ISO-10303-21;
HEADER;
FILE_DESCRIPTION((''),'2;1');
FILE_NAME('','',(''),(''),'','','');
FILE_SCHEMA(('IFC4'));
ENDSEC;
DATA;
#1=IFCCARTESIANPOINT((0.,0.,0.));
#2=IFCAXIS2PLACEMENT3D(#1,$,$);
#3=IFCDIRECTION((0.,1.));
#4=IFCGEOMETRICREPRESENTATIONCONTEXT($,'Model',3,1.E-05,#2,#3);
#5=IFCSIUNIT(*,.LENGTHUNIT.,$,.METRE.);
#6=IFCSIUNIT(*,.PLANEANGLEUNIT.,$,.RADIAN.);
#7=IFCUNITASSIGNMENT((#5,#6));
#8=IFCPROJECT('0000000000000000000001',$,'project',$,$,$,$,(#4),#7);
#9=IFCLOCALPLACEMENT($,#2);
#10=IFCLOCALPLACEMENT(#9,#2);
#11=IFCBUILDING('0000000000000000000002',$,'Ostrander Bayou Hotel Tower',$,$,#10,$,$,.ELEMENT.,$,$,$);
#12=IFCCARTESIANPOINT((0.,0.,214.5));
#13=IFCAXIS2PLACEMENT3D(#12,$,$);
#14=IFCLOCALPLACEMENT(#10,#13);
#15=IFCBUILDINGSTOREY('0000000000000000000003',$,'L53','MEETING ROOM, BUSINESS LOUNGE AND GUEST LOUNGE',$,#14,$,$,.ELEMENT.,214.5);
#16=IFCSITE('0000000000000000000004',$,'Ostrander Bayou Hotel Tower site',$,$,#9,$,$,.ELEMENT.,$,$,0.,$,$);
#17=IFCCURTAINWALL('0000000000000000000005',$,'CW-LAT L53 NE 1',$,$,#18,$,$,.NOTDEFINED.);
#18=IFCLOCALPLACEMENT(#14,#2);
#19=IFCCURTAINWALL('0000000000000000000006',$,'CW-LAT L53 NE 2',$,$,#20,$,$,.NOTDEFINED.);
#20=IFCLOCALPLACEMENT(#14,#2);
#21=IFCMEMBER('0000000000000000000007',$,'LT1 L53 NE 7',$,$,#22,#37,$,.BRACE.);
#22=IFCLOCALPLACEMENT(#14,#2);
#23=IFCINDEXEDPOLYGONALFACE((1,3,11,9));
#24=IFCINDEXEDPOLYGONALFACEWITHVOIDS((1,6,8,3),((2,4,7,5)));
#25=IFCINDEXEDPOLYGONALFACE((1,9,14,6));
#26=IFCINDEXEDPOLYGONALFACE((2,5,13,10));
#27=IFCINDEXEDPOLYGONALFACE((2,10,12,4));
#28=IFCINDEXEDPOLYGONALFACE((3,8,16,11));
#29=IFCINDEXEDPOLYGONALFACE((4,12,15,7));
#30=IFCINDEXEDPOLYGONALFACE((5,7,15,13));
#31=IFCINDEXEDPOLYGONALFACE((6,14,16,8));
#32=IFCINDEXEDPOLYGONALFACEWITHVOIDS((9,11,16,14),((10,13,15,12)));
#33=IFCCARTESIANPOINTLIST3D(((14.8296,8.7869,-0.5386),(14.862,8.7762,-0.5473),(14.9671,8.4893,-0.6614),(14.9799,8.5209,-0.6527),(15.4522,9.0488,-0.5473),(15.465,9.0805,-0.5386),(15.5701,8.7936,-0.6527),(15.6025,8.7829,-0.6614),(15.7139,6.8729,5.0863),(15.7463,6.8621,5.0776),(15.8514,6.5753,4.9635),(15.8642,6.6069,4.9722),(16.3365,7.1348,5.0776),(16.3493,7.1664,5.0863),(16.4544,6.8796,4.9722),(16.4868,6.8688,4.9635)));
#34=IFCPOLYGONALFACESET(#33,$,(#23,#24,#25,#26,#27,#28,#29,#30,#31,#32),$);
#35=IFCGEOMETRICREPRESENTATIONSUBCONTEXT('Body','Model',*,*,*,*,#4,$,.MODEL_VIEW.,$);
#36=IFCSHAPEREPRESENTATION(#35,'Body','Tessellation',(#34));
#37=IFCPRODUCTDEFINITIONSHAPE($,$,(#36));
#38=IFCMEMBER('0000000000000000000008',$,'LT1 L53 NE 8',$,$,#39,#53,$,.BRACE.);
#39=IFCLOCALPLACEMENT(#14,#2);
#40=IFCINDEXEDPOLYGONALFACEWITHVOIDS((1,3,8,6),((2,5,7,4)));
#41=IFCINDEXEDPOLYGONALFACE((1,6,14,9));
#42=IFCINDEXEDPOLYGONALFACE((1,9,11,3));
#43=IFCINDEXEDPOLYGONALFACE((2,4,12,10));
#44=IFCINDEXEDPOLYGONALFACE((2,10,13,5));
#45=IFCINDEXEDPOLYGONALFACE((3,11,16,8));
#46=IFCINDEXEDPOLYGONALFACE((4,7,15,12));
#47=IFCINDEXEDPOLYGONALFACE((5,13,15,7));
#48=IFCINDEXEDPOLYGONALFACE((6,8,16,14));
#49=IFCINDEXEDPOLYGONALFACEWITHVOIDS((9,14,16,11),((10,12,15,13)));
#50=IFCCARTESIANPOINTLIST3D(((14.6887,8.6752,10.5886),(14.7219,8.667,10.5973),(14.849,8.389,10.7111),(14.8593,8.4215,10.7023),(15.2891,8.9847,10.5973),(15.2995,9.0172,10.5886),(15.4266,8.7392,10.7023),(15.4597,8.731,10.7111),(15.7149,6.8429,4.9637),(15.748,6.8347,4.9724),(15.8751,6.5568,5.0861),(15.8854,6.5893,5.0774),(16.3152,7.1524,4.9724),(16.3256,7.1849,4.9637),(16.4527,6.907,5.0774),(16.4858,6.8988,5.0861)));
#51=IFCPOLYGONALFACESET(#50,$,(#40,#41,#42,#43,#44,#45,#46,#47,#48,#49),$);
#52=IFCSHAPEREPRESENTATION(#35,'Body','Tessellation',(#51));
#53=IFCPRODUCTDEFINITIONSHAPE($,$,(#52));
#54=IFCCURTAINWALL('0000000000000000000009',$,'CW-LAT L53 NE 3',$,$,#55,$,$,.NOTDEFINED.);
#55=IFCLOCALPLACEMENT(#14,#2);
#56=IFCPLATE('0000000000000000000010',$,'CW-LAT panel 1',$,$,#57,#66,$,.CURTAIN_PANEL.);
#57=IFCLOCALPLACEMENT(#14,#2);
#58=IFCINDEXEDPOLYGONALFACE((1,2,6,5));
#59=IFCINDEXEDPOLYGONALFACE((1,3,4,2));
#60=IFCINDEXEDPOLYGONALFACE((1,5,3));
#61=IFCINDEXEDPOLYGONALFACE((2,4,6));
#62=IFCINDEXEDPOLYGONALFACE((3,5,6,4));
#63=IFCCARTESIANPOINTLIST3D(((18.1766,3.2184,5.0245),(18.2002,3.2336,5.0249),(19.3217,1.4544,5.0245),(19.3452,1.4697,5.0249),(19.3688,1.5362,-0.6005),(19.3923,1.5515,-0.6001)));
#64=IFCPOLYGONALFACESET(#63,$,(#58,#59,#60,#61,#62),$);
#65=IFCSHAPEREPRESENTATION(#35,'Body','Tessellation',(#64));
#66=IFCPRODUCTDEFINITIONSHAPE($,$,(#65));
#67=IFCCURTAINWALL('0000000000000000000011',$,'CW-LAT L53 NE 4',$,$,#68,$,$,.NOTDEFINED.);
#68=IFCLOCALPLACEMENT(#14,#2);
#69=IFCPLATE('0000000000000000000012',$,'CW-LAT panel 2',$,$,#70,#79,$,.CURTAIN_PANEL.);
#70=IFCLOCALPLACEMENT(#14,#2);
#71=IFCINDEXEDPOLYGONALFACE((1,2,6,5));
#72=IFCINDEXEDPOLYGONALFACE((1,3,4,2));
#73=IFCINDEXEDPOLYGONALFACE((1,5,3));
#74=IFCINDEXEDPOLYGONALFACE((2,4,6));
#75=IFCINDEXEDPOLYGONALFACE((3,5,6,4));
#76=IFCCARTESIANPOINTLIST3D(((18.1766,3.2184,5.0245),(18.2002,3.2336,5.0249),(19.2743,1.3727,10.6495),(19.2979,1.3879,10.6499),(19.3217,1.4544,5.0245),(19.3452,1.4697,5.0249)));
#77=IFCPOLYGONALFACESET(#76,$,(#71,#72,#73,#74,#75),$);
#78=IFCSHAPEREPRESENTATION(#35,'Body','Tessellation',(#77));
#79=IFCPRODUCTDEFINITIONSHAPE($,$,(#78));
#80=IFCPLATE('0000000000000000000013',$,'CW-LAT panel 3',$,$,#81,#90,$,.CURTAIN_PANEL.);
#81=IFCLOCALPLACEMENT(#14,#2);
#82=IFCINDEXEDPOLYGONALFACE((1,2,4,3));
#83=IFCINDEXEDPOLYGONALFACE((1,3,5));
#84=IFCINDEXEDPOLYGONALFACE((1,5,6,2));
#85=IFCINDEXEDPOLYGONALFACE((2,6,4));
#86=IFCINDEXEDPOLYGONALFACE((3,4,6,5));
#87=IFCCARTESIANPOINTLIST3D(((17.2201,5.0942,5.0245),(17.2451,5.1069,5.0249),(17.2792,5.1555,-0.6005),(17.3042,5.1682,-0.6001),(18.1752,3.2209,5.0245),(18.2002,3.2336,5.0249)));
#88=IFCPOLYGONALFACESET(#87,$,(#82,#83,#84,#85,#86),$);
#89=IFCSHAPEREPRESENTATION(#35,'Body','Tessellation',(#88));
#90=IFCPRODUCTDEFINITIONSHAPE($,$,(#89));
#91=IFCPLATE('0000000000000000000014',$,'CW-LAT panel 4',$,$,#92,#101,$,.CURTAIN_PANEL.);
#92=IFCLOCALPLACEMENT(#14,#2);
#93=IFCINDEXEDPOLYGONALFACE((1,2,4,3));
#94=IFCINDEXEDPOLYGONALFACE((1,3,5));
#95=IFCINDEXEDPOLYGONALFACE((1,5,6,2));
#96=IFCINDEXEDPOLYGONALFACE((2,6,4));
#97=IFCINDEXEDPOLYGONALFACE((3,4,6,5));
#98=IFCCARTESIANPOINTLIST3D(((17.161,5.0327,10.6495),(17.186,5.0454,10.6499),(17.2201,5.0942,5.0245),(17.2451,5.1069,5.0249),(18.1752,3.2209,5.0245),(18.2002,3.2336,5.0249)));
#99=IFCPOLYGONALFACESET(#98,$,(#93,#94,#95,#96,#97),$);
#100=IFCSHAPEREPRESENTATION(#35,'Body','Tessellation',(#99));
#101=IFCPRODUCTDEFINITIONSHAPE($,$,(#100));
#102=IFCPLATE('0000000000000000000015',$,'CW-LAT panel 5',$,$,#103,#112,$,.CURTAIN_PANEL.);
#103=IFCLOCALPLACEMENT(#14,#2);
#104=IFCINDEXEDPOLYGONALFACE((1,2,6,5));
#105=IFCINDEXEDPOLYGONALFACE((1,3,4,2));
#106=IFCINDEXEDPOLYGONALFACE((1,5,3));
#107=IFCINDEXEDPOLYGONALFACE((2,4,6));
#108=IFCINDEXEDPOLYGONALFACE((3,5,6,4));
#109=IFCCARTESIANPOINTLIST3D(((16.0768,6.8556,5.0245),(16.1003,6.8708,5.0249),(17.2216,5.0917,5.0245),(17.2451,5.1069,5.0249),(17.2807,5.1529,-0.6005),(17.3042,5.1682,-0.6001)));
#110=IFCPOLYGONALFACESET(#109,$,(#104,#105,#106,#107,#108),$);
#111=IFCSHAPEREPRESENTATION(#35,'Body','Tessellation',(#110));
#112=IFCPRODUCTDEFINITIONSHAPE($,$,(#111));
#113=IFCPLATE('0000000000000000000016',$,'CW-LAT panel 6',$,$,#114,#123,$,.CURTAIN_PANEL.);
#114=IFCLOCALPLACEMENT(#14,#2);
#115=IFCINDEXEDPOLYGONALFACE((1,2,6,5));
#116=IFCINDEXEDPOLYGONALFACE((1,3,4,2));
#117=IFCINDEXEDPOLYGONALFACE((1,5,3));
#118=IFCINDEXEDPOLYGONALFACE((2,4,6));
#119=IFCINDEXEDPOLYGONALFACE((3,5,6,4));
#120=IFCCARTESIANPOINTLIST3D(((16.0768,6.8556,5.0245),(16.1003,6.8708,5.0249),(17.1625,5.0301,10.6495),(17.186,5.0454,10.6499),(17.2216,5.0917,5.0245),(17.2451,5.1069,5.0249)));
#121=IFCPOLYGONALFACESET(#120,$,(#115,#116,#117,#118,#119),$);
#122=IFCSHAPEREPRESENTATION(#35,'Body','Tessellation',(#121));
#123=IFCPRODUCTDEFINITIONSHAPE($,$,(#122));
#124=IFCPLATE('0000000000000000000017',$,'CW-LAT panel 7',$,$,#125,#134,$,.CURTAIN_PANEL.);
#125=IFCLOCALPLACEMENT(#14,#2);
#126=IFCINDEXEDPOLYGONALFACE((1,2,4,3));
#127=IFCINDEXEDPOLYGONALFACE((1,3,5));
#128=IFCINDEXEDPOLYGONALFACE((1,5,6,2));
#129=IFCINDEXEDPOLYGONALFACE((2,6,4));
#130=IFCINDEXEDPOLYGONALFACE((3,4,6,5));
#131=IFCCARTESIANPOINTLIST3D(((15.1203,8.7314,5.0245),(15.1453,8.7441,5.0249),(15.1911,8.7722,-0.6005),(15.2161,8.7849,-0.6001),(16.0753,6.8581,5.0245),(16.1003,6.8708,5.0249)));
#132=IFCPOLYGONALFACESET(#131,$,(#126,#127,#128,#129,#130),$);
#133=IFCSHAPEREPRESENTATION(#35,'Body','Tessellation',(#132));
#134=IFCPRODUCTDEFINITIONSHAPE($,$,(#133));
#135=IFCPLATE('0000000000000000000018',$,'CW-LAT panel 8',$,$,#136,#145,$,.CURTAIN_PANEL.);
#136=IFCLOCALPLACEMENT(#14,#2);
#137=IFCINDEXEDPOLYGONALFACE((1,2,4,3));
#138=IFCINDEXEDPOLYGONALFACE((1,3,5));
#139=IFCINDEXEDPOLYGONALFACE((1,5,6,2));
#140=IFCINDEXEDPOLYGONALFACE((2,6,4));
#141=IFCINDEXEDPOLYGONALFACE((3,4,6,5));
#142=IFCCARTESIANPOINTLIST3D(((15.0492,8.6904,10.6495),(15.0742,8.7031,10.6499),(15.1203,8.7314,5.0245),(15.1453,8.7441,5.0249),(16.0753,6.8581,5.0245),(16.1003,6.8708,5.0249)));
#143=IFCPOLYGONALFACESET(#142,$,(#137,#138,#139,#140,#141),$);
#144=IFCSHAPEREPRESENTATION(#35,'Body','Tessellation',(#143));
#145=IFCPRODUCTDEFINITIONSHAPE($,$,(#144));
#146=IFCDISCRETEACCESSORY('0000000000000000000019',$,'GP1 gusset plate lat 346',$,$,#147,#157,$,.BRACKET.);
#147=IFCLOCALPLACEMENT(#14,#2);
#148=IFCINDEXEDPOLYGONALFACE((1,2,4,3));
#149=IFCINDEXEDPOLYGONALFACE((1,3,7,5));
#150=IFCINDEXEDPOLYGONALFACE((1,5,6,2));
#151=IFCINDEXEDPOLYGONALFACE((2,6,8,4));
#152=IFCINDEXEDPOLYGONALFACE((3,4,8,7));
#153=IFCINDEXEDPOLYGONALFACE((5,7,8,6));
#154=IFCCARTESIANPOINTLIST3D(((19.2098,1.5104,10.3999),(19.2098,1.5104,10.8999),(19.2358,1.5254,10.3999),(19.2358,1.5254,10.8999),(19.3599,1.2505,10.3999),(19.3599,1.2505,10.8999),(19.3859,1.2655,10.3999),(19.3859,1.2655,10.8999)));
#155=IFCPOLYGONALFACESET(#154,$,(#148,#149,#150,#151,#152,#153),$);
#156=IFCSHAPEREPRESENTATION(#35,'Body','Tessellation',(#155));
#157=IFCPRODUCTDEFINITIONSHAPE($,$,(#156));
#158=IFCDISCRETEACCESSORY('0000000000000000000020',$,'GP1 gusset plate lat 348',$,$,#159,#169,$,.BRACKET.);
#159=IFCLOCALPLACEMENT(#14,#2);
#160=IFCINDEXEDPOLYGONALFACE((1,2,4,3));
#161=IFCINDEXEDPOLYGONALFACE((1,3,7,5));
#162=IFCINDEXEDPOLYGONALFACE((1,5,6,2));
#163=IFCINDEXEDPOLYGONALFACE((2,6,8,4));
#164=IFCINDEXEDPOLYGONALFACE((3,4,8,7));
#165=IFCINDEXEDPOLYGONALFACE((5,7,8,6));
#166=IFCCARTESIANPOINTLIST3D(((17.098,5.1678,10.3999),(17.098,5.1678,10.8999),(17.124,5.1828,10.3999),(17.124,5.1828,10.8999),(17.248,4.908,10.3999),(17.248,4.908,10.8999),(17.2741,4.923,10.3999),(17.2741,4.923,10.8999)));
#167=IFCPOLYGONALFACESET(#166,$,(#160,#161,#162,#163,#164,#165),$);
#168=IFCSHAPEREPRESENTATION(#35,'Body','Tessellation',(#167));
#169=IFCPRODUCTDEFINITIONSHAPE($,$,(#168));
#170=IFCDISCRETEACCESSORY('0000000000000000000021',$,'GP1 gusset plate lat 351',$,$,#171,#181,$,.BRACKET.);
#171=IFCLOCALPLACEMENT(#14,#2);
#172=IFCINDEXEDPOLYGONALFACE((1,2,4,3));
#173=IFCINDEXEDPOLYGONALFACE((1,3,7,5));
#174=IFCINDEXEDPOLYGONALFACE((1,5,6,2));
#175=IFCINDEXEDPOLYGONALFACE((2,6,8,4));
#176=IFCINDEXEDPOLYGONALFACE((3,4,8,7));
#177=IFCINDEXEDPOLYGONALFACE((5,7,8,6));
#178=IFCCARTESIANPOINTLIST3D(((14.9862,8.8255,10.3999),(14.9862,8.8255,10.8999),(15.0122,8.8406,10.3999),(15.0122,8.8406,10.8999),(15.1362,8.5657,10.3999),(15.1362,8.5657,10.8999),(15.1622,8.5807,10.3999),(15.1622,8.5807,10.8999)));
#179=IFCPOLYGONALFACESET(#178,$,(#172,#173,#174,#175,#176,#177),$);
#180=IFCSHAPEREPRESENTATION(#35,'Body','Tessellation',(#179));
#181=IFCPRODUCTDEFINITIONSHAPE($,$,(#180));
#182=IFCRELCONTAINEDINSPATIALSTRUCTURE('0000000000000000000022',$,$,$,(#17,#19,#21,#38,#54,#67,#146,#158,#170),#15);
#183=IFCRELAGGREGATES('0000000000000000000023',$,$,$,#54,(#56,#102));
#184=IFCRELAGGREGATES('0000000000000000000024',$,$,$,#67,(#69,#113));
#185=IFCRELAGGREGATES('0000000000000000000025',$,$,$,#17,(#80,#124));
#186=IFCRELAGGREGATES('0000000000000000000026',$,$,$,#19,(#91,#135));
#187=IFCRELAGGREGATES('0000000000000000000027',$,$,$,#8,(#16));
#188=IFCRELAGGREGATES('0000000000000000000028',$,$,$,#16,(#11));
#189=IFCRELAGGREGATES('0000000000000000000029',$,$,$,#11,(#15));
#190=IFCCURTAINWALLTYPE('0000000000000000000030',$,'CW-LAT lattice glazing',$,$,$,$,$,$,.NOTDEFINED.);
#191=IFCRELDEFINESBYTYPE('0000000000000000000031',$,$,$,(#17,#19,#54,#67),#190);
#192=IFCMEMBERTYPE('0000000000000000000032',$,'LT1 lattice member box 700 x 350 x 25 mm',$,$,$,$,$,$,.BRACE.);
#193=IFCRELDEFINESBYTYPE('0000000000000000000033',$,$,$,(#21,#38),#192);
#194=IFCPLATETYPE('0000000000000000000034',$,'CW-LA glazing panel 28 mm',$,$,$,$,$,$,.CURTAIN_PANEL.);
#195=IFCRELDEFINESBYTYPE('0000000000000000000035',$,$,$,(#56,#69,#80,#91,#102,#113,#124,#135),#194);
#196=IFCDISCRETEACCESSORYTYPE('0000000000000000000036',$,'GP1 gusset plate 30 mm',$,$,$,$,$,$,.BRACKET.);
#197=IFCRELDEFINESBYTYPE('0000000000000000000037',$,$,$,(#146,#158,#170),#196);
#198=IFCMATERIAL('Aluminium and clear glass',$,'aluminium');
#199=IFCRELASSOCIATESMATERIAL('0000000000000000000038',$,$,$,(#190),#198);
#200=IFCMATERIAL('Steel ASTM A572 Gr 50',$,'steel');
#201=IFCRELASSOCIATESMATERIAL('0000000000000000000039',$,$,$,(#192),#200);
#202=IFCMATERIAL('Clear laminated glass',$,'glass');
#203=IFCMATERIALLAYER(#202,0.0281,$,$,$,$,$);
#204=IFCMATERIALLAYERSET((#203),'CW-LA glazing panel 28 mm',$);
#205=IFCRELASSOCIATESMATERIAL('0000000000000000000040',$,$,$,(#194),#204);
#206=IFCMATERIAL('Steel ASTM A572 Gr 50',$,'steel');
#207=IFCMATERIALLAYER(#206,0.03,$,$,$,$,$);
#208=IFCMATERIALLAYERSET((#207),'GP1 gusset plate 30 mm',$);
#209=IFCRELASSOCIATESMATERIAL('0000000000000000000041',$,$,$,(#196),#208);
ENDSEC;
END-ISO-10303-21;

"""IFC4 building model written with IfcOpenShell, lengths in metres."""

from ifc_helpers import new_model, si_unit, direction, frame, origin, origin_2d, place, context, subcontext, project, spatial, polyline, rectangle, hollow_rectangle, outline, extrude, material, layer, layer_set, material_profile, profile_set, type_object, element, aggregate, save


model = new_model("IFC4")

# Units and contexts
model_context = context("Model", 3, precision=1e-05, world=origin(), true_north=direction((0.0, 1.0)))
body_context = subcontext(model_context, "Body", "Model", "MODEL_VIEW")
ifc_project = project(units=[si_unit("LENGTHUNIT", "METRE"), si_unit("PLANEANGLEUNIT", "RADIAN")], contexts=[model_context])

# Site, building, storey
site_placement = place(None, origin())
site = spatial("IfcSite", under=ifc_project, at=site_placement, Name="Ostrander Bayou Hotel Tower site", CompositionType="ELEMENT", RefElevation=0.0)
building_placement = place(site_placement, origin())
building = spatial("IfcBuilding", under=site, at=building_placement, Name="Ostrander Bayou Hotel Tower", CompositionType="ELEMENT")
storey_placement = place(building_placement, frame((0.0, 0.0, 214.5)))
storey = spatial("IfcBuildingStorey", under=building, at=storey_placement, Name="L53", Description="MEETING ROOM, BUSINESS LOUNGE AND GUEST LOUNGE", CompositionType="ELEMENT", Elevation=214.5)

# Curtain walls
ifc_material_1 = material(Name="Aluminium and clear glass", Category="aluminium")
curtain_wall_type = type_object("IfcCurtainWallType", Name="CW-LAT lattice glazing", PredefinedType="NOTDEFINED", material=ifc_material_1)
curtain_wall_1_placement = place(storey_placement, origin())
curtain_wall_1 = element("IfcCurtainWall", 1, at=curtain_wall_1_placement, inside=storey, type_object=curtain_wall_type, Name="CW-LAT L53 NE 1", PredefinedType="NOTDEFINED")
curtain_wall_2_placement = place(storey_placement, origin())
curtain_wall_2 = element("IfcCurtainWall", 2, at=curtain_wall_2_placement, inside=storey, type_object=curtain_wall_type, Name="CW-LAT L53 NE 2", PredefinedType="NOTDEFINED")

# Members
ifc_material_2 = material(Name="Steel ASTM A572 Gr 50", Category="steel")
ifc_material_profile_1 = material_profile(ifc_material_2, hollow_rectangle(XDim=0.7, YDim=0.3501, WallThickness=0.0249, at=origin_2d()))
ifc_profile_set_1 = profile_set([ifc_material_profile_1], Name="Steel ASTM A572 Gr 50")
member_type_1 = type_object("IfcMemberType", Name="LT1 lattice member box 700 x 350 x 25 mm", PredefinedType="BRACE", material=ifc_profile_set_1)
member_1_placement = place(storey_placement, frame((16.1003, 6.8708, 5.0249), z_axis=(-0.147203, 0.318629, -0.93638), x_axis=(-0.907803, -0.419396, 0.0)))
element("IfcMember", 3, at=member_1_placement, inside=storey, type_object=member_type_1, Name="LT1 L53 NE 7", PredefinedType="BRACE", context=body_context, shape_type="SweptSolid", body=[
    extrude(hollow_rectangle(XDim=0.7, YDim=0.3501, WallThickness=0.0249, at=origin_2d()), origin(), (0.0, 0.0, 1.0), 6.0071),
])
member_2_placement = place(storey_placement, frame((16.1003, 6.8708, 5.0249), z_axis=(-0.1709, 0.305164, 0.936839), x_axis=(-0.872496, -0.488621, 0.0)))
element("IfcMember", 4, at=member_2_placement, inside=storey, type_object=member_type_1, Name="LT1 L53 NE 8", PredefinedType="BRACE", context=body_context, shape_type="SweptSolid", body=[
    extrude(hollow_rectangle(XDim=0.7, YDim=0.3501, WallThickness=0.0249, at=origin_2d()), origin(), (0.0, 0.0, 1.0), 6.0042),
])

# Curtain walls, plates
curtain_wall_3_placement = place(storey_placement, origin())
curtain_wall_3 = element("IfcCurtainWall", 5, at=curtain_wall_3_placement, inside=storey, type_object=curtain_wall_type, Name="CW-LAT L53 NE 3", PredefinedType="NOTDEFINED")
ifc_material_3 = material(Name="Clear laminated glass", Category="glass")
ifc_layer_1 = layer(ifc_material_3, 0.0281)
ifc_layer_set_1 = layer_set([ifc_layer_1], Name="CW-LA glazing panel 28 mm")
plate_type = type_object("IfcPlateType", Name="CW-LA glazing panel 28 mm", PredefinedType="CURTAIN_PANEL", material=ifc_layer_set_1)
plate_1_placement = place(storey_placement, frame((18.2002, 3.2336, 5.0249), z_axis=(0.838681, 0.544417, 0.014941), x_axis=(0.19899, -0.280779, -0.938918)))
plate_1 = element("IfcPlate", 6, at=plate_1_placement, type_object=plate_type, Name="CW-LAT panel 1", PredefinedType="CURTAIN_PANEL", context=body_context, shape_type="SweptSolid", body=[
    extrude(outline(polyline([(0.0, 0.0), (5.9909, 0.0), (0.7231, -1.9747), (0.0, 0.0)])), origin(), (0.0, 0.0, -1.0), 0.0281),
])
curtain_wall_4_placement = place(storey_placement, origin())
curtain_wall_4 = element("IfcCurtainWall", 7, at=curtain_wall_4_placement, inside=storey, type_object=curtain_wall_type, Name="CW-LAT L53 NE 4", PredefinedType="NOTDEFINED")
plate_2_placement = place(storey_placement, frame((18.2002, 3.2336, 5.0249), z_axis=(0.838681, 0.544417, 0.014978), x_axis=(0.182306, -0.306546, 0.934235)))
plate_2 = element("IfcPlate", 8, at=plate_2_placement, type_object=plate_type, Name="CW-LAT panel 2", PredefinedType="CURTAIN_PANEL", context=body_context, shape_type="SweptSolid", body=[
    extrude(outline(polyline([(0.0, 0.0), (6.021, 0.0), (0.7495, 1.9649), (0.0, 0.0)])), origin(), (0.0, 0.0, -1.0), 0.0281),
])

# Plates
plate_3_placement = place(storey_placement, frame((18.2002, 3.2336, 5.0249), z_axis=(0.890802, 0.454166, 0.014304), x_axis=(-0.148948, 0.321599, -0.935088)))
plate_3 = element("IfcPlate", 9, at=plate_3_placement, type_object=plate_type, Name="CW-LAT panel 3", PredefinedType="CURTAIN_PANEL", context=body_context, shape_type="SweptSolid", body=[
    extrude(outline(polyline([(0.0, 0.0), (6.0155, 0.0), (0.7447, 1.9664), (0.0, 0.0)])), origin(), (0.0, 0.0, -1.0), 0.0281),
])
plate_4_placement = place(storey_placement, frame((18.2002, 3.2336, 5.0249), z_axis=(0.890802, 0.454166, 0.014324), x_axis=(-0.16914, 0.302164, 0.93813)))
plate_4 = element("IfcPlate", 10, at=plate_4_placement, type_object=plate_type, Name="CW-LAT panel 4", PredefinedType="CURTAIN_PANEL", context=body_context, shape_type="SweptSolid", body=[
    extrude(outline(polyline([(0.0, 0.0), (5.996, 0.0), (0.7276, -1.9728), (0.0, 0.0)])), origin(), (0.0, 0.0, -1.0), 0.0281),
])
plate_5_placement = place(storey_placement, frame((16.1003, 6.8708, 5.0249), z_axis=(0.838737, 0.544337, 0.01474), x_axis=(0.200674, -0.283817, -0.937645)))
plate_5 = element("IfcPlate", 11, at=plate_5_placement, type_object=plate_type, Name="CW-LAT panel 5", PredefinedType="CURTAIN_PANEL", context=body_context, shape_type="SweptSolid", body=[
    extrude(outline(polyline([(0.0, 0.0), (5.9991, 0.0), (0.7304, -1.9719), (0.0, 0.0)])), origin(), (0.0, 0.0, -1.0), 0.0281),
])
aggregate(curtain_wall_3, [plate_1, plate_5])
plate_6_placement = place(storey_placement, frame((16.1003, 6.8708, 5.0249), z_axis=(0.838737, 0.544337, 0.014763), x_axis=(0.180569, -0.303601, 0.935532)))
plate_6 = element("IfcPlate", 12, at=plate_6_placement, type_object=plate_type, Name="CW-LAT panel 6", PredefinedType="CURTAIN_PANEL", context=body_context, shape_type="SweptSolid", body=[
    extrude(outline(polyline([(0.0, 0.0), (6.0126, 0.0), (0.7422, 1.9675), (0.0, 0.0)])), origin(), (0.0, 0.0, -1.0), 0.0281),
])
aggregate(curtain_wall_4, [plate_2, plate_6])
plate_7_placement = place(storey_placement, frame((16.1003, 6.8708, 5.0249), z_axis=(0.8908, 0.454165, 0.014504), x_axis=(-0.147203, 0.318629, -0.93638)))
plate_7 = element("IfcPlate", 13, at=plate_7_placement, type_object=plate_type, Name="CW-LAT panel 7", PredefinedType="CURTAIN_PANEL", context=body_context, shape_type="SweptSolid", body=[
    extrude(outline(polyline([(0.0, 0.0), (6.0072, 0.0), (0.7375, 1.9691), (0.0, 0.0)])), origin(), (0.0, 0.0, -1.0), 0.0281),
])
aggregate(curtain_wall_1, [plate_3, plate_7])
plate_8_placement = place(storey_placement, frame((16.1003, 6.8708, 5.0249), z_axis=(0.890799, 0.454165, 0.014563), x_axis=(-0.1709, 0.305164, 0.936839)))
plate_8 = element("IfcPlate", 14, at=plate_8_placement, type_object=plate_type, Name="CW-LAT panel 8", PredefinedType="CURTAIN_PANEL", context=body_context, shape_type="SweptSolid", body=[
    extrude(outline(polyline([(0.0, 0.0), (6.0042, 0.0), (0.7349, -1.9701), (0.0, 0.0)])), origin(), (0.0, 0.0, -1.0), 0.0281),
])
aggregate(curtain_wall_2, [plate_4, plate_8])

# Discrete accessories
ifc_material_4 = material(Name="Steel ASTM A572 Gr 50", Category="steel")
ifc_layer_2 = layer(ifc_material_4, 0.03)
ifc_layer_set_2 = layer_set([ifc_layer_2], Name="GP1 gusset plate 30 mm")
discrete_accessory_type = type_object("IfcDiscreteAccessoryType", Name="GP1 gusset plate 30 mm", PredefinedType="BRACKET", material=ifc_layer_set_2)
for number, where, z_axis, x_axis, name in (
    (15, (19.2979, 1.3879, 10.3999), (0.0, 0.0, 1.0), (-0.5, 0.866025, 0.0), "GP1 gusset plate lat 346"),
    (16, (17.186, 5.0454, 10.3999), (0.0, 0.0, 1.0), (-0.5, 0.866025, 0.0), "GP1 gusset plate lat 348"),
    (17, (15.0742, 8.7031, 10.3999), (0.0, 0.0, 1.0), (-0.5, 0.866025, 0.0), "GP1 gusset plate lat 351"),
):
    element("IfcDiscreteAccessory", number, at=place(storey_placement, frame(where, z_axis=z_axis, x_axis=x_axis)), inside=storey, type_object=discrete_accessory_type, Name=name, PredefinedType="BRACKET", context=body_context, shape_type="SweptSolid", body=[
        extrude(rectangle(XDim=0.3, YDim=0.03, at=origin_2d()), origin(), (0.0, 0.0, 1.0), 0.5),
    ])

save(model, "model.ifc")
